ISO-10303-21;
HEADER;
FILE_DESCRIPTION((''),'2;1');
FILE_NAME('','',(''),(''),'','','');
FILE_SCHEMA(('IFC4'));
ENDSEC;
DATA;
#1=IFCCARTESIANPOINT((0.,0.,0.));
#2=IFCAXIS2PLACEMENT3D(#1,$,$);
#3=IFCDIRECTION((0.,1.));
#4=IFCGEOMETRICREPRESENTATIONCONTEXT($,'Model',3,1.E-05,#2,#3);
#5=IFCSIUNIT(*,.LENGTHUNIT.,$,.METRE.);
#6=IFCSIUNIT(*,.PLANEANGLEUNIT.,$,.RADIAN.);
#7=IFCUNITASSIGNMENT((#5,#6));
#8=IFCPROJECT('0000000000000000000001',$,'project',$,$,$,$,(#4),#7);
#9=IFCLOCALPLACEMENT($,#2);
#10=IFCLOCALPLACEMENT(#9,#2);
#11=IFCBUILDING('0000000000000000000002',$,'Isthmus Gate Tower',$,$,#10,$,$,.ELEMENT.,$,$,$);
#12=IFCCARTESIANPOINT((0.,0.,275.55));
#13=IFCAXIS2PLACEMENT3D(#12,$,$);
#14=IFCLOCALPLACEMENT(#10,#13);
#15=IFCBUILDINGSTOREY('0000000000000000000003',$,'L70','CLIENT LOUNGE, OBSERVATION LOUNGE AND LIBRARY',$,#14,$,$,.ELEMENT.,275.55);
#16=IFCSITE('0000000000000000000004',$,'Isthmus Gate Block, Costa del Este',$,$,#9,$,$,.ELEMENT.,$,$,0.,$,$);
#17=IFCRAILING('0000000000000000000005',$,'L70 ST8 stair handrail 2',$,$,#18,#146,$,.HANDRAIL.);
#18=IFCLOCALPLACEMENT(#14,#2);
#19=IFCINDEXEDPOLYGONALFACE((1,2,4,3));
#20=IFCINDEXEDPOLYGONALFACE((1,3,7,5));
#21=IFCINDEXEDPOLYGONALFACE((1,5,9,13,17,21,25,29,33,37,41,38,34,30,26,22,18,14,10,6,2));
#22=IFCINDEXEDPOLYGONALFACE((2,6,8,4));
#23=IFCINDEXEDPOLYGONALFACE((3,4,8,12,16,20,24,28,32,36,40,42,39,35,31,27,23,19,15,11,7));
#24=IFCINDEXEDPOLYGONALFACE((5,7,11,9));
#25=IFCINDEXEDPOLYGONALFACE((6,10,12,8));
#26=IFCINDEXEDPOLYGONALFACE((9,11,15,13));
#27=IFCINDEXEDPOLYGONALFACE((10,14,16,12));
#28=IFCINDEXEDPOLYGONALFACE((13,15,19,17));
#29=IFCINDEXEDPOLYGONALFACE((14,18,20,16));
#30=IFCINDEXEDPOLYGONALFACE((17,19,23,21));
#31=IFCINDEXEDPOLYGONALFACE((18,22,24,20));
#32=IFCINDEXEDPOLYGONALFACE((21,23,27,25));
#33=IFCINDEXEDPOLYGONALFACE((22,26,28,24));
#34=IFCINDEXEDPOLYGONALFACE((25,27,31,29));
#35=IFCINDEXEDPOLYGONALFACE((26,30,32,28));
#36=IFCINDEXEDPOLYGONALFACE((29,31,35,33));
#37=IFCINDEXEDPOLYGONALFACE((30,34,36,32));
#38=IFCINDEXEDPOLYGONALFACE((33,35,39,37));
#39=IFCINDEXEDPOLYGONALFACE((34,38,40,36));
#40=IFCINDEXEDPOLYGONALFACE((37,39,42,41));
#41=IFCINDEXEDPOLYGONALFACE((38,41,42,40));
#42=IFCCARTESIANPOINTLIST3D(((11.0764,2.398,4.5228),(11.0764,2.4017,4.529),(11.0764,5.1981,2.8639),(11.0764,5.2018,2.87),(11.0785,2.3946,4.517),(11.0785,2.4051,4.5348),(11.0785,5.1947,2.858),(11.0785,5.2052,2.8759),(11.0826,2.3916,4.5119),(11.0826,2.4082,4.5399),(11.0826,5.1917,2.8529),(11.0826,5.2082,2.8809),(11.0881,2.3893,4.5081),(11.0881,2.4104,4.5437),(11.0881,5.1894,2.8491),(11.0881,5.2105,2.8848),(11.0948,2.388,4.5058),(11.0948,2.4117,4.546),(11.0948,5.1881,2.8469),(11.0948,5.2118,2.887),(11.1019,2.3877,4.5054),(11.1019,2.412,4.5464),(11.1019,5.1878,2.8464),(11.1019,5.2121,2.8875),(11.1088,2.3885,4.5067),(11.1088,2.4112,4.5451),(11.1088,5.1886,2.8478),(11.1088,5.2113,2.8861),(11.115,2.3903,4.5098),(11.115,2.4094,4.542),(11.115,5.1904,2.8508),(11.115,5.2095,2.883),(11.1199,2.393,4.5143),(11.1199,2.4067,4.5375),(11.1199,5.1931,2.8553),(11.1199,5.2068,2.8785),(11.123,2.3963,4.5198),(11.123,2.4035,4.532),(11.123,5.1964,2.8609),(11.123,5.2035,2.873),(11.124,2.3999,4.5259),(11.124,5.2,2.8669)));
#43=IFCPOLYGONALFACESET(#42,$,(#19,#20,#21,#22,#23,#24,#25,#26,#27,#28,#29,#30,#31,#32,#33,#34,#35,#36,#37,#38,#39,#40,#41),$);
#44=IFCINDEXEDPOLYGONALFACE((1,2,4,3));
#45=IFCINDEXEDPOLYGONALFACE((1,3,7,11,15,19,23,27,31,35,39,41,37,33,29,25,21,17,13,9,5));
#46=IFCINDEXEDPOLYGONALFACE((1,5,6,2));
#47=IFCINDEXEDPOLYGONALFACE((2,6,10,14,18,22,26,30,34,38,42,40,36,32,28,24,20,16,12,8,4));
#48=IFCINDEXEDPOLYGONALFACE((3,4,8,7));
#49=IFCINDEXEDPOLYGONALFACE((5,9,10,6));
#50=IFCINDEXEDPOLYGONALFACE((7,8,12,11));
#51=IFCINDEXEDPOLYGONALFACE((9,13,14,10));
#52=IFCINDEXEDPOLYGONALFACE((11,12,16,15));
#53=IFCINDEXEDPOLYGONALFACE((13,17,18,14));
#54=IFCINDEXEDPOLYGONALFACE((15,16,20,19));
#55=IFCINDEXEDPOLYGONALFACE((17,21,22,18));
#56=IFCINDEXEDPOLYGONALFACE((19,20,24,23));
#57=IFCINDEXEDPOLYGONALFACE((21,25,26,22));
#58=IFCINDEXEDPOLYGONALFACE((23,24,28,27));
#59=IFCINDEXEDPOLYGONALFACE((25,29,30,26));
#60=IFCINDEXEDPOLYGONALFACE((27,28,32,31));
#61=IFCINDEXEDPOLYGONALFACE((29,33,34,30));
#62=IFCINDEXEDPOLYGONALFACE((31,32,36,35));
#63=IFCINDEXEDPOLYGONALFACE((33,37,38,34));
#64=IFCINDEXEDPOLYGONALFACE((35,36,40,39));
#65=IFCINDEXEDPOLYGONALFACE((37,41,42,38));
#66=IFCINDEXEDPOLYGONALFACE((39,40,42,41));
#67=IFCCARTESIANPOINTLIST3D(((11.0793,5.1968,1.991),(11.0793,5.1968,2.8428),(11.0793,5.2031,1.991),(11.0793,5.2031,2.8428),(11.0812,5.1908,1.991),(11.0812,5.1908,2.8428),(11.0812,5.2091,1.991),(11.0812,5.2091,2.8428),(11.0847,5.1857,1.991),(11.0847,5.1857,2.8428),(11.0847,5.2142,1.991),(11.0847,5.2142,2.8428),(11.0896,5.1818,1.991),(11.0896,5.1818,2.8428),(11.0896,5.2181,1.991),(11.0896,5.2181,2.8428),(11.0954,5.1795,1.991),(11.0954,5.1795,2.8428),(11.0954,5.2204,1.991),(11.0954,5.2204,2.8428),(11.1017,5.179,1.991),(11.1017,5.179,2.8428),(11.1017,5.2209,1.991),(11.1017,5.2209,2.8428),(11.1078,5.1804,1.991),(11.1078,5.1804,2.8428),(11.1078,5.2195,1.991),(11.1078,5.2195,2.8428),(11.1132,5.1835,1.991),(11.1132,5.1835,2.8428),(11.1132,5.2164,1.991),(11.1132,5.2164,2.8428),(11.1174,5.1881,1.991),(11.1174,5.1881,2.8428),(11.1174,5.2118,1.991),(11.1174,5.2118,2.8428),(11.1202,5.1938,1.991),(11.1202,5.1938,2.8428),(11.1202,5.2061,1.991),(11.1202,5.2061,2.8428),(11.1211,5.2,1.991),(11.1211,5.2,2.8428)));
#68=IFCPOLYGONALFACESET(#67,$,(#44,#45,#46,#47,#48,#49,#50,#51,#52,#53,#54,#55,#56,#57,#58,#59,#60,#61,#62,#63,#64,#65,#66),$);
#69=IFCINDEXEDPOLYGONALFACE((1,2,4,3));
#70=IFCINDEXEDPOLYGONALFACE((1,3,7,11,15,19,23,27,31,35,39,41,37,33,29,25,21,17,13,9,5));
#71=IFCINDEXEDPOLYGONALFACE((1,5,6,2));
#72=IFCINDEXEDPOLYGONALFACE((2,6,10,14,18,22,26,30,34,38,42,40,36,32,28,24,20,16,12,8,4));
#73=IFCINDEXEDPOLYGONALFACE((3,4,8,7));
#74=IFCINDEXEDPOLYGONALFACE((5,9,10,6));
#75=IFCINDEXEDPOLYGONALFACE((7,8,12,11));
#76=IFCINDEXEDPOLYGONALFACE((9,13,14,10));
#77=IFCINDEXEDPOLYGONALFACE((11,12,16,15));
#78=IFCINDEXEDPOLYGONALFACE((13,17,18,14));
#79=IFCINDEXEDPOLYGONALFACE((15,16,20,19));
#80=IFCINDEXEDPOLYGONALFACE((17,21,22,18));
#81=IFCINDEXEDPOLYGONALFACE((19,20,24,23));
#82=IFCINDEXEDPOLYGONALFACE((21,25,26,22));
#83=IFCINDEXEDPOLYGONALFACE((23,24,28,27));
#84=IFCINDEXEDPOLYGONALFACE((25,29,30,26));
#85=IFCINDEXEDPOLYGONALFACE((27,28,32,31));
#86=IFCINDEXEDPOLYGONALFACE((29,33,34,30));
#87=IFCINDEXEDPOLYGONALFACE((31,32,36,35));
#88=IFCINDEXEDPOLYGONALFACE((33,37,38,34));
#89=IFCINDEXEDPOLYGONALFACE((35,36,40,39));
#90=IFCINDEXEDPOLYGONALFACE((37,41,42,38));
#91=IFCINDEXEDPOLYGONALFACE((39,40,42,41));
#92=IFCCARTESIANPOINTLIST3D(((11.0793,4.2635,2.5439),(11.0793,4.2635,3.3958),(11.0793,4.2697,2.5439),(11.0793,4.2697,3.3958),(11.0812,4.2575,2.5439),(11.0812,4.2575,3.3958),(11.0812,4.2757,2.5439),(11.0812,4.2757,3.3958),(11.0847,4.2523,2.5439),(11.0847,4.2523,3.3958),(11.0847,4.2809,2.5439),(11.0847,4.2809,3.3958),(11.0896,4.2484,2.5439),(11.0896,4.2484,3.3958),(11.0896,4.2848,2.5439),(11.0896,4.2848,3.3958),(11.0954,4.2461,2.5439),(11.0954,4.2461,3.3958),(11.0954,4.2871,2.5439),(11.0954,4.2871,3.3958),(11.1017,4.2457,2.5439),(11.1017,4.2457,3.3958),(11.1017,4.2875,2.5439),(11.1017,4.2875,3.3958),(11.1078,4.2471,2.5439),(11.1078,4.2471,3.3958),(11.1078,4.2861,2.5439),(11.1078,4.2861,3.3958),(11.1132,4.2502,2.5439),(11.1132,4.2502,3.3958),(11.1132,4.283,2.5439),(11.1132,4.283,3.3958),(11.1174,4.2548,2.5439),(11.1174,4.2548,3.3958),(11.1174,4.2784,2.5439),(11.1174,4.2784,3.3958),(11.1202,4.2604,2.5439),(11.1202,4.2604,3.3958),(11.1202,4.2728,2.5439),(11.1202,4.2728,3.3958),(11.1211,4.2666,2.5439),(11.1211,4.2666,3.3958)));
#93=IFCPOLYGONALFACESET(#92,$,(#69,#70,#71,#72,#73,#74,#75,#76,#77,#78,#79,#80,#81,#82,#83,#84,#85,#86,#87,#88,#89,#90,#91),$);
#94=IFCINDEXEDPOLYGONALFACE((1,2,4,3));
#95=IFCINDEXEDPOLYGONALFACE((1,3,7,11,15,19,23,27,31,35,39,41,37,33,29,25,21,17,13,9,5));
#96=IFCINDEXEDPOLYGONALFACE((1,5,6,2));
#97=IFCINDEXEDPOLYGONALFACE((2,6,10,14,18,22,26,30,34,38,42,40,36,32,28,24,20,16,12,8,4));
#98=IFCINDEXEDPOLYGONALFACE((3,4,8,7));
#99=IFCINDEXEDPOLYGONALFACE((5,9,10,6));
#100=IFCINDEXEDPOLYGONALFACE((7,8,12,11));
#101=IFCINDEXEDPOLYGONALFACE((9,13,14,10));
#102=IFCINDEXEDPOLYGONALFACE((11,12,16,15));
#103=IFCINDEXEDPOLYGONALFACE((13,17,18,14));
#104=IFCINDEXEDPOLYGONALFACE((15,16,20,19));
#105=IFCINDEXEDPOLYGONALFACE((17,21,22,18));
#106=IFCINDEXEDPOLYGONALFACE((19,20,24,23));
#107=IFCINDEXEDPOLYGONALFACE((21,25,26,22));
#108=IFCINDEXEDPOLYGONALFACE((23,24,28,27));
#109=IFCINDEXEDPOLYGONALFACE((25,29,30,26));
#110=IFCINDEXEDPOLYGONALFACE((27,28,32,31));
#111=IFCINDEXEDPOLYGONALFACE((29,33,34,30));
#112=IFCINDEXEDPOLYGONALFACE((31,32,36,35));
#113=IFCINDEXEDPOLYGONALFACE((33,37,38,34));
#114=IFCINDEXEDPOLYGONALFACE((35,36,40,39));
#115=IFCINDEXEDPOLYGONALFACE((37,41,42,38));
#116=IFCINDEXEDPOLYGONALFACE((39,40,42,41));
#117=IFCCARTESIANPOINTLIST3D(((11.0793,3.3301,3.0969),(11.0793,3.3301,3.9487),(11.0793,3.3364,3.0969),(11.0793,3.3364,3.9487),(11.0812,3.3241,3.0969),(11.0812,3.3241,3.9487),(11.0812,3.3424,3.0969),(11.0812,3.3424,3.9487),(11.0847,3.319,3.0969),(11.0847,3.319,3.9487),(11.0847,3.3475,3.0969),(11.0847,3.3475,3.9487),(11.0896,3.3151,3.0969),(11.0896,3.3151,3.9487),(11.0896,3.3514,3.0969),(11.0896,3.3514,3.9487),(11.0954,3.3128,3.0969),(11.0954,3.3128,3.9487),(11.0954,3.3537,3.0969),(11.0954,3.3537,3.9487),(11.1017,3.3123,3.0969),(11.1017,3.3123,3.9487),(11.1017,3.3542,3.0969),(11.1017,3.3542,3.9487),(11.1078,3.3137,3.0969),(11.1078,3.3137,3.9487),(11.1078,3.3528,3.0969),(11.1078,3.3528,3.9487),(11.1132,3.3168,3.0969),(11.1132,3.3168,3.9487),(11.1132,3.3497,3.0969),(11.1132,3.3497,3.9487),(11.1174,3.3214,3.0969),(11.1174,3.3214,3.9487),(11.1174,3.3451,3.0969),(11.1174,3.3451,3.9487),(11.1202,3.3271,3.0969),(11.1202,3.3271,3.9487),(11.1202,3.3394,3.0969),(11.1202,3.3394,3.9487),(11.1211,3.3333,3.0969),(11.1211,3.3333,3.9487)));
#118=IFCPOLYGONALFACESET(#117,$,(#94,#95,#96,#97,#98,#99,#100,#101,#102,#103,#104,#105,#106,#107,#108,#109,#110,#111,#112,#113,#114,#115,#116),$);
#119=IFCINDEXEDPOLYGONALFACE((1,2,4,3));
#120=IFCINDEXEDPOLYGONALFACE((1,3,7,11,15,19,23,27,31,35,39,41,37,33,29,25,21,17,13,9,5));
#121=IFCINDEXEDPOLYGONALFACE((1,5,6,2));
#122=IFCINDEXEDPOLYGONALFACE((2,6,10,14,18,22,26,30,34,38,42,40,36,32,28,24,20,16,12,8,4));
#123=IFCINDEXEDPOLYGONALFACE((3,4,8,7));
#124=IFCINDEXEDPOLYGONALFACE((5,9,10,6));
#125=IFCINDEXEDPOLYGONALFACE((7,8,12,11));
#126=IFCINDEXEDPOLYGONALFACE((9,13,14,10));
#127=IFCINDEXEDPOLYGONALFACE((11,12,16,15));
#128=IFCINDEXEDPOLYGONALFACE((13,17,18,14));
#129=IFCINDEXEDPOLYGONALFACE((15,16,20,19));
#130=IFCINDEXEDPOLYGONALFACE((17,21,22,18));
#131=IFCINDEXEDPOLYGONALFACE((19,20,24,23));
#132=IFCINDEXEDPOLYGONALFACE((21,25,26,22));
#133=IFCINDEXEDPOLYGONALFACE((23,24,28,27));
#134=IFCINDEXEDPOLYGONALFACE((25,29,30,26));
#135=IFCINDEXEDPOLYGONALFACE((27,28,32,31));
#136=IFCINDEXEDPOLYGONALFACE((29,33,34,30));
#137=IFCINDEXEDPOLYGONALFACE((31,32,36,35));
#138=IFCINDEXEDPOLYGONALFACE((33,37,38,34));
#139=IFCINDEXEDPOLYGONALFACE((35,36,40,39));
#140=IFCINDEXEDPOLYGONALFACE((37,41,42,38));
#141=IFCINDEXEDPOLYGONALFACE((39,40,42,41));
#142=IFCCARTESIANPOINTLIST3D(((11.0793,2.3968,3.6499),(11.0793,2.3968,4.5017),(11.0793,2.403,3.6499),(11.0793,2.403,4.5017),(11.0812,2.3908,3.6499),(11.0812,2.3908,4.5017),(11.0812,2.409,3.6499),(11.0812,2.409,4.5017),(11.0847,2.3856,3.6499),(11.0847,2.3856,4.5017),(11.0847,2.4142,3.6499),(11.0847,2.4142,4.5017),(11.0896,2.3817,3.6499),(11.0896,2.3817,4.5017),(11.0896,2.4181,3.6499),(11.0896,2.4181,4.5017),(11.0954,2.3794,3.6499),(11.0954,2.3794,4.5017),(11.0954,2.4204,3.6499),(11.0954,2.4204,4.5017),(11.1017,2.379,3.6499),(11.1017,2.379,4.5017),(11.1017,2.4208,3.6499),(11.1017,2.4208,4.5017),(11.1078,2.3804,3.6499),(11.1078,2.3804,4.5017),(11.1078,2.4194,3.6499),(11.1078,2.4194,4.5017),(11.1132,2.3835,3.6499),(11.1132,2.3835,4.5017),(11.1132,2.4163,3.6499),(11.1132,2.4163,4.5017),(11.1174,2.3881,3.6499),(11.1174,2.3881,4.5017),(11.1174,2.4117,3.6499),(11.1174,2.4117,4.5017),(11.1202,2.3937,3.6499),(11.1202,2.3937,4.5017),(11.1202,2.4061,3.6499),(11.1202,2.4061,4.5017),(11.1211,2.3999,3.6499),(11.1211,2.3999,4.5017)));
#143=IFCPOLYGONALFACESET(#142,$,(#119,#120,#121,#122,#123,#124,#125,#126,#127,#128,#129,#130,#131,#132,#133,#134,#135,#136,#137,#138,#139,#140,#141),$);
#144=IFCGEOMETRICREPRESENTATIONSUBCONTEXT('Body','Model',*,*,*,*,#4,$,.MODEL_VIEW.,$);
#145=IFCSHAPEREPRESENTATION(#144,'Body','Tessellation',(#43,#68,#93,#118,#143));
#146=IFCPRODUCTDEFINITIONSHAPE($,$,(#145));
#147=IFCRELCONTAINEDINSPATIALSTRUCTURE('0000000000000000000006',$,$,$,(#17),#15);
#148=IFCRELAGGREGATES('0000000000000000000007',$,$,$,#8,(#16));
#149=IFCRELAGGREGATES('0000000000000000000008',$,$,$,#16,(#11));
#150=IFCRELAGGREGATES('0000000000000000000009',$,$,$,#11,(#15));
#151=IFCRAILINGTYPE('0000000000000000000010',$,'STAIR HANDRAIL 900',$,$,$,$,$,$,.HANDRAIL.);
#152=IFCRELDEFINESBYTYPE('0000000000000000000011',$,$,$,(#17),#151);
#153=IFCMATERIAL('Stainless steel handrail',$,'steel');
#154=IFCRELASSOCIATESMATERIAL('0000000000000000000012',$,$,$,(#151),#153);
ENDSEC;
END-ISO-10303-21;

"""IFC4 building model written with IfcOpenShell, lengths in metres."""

from ifc_helpers import new_model, si_unit, direction, frame, origin, origin_2d, place, context, subcontext, project, spatial, circle, extrude, material, type_object, element, save


model = new_model("IFC4")

# Units and contexts
model_context = context("Model", 3, precision=1e-05, world=origin(), true_north=direction((0.0, 1.0)))
body_context = subcontext(model_context, "Body", "Model", "MODEL_VIEW")
ifc_project = project(units=[si_unit("LENGTHUNIT", "METRE"), si_unit("PLANEANGLEUNIT", "RADIAN")], contexts=[model_context])

# Site, building, storey
site_placement = place(None, origin())
site = spatial("IfcSite", under=ifc_project, at=site_placement, Name="Isthmus Gate Block, Costa del Este", CompositionType="ELEMENT", RefElevation=0.0)
building_placement = place(site_placement, origin())
building = spatial("IfcBuilding", under=site, at=building_placement, Name="Isthmus Gate Tower", CompositionType="ELEMENT")
storey_placement = place(building_placement, frame((0.0, 0.0, 275.55)))
storey = spatial("IfcBuildingStorey", under=building, at=storey_placement, Name="L70", Description="CLIENT LOUNGE, OBSERVATION LOUNGE AND LIBRARY", CompositionType="ELEMENT", Elevation=275.55)

# Railing
ifc_material_1 = material(Name="Stainless steel handrail", Category="steel")
railing_type = type_object("IfcRailingType", Name="STAIR HANDRAIL 900", PredefinedType="HANDRAIL", material=ifc_material_1)
railing_1_placement = place(storey_placement, frame((11.1001, 5.2, 1.991)))
element("IfcRailing", 1, at=railing_1_placement, inside=storey, type_object=railing_type, Name="L70 ST8 stair handrail 2", PredefinedType="HANDRAIL", context=body_context, shape_type="SweptSolid", body=[
    extrude(circle(Radius=0.0239, at=origin_2d()), frame((0.0, 0.0, 0.876), z_axis=(0.0, -0.860339, 0.509722), x_axis=(1.0, 0.0, 0.0)), (0.0, 0.0, 1.0), 3.2546),
    extrude(circle(Radius=0.021, at=origin_2d()), origin(), (0.0, 0.0, 1.0), 0.8518),
    extrude(circle(Radius=0.021, at=origin_2d()), frame((0.0, -0.9333, 0.553)), (0.0, 0.0, 1.0), 0.8518),
    extrude(circle(Radius=0.021, at=origin_2d()), frame((0.0, -1.8667, 1.106)), (0.0, 0.0, 1.0), 0.8518),
    extrude(circle(Radius=0.021, at=origin_2d()), frame((0.0, -2.8, 1.6589)), (0.0, 0.0, 1.0), 0.8518),
])

save(model, "model.ifc")
